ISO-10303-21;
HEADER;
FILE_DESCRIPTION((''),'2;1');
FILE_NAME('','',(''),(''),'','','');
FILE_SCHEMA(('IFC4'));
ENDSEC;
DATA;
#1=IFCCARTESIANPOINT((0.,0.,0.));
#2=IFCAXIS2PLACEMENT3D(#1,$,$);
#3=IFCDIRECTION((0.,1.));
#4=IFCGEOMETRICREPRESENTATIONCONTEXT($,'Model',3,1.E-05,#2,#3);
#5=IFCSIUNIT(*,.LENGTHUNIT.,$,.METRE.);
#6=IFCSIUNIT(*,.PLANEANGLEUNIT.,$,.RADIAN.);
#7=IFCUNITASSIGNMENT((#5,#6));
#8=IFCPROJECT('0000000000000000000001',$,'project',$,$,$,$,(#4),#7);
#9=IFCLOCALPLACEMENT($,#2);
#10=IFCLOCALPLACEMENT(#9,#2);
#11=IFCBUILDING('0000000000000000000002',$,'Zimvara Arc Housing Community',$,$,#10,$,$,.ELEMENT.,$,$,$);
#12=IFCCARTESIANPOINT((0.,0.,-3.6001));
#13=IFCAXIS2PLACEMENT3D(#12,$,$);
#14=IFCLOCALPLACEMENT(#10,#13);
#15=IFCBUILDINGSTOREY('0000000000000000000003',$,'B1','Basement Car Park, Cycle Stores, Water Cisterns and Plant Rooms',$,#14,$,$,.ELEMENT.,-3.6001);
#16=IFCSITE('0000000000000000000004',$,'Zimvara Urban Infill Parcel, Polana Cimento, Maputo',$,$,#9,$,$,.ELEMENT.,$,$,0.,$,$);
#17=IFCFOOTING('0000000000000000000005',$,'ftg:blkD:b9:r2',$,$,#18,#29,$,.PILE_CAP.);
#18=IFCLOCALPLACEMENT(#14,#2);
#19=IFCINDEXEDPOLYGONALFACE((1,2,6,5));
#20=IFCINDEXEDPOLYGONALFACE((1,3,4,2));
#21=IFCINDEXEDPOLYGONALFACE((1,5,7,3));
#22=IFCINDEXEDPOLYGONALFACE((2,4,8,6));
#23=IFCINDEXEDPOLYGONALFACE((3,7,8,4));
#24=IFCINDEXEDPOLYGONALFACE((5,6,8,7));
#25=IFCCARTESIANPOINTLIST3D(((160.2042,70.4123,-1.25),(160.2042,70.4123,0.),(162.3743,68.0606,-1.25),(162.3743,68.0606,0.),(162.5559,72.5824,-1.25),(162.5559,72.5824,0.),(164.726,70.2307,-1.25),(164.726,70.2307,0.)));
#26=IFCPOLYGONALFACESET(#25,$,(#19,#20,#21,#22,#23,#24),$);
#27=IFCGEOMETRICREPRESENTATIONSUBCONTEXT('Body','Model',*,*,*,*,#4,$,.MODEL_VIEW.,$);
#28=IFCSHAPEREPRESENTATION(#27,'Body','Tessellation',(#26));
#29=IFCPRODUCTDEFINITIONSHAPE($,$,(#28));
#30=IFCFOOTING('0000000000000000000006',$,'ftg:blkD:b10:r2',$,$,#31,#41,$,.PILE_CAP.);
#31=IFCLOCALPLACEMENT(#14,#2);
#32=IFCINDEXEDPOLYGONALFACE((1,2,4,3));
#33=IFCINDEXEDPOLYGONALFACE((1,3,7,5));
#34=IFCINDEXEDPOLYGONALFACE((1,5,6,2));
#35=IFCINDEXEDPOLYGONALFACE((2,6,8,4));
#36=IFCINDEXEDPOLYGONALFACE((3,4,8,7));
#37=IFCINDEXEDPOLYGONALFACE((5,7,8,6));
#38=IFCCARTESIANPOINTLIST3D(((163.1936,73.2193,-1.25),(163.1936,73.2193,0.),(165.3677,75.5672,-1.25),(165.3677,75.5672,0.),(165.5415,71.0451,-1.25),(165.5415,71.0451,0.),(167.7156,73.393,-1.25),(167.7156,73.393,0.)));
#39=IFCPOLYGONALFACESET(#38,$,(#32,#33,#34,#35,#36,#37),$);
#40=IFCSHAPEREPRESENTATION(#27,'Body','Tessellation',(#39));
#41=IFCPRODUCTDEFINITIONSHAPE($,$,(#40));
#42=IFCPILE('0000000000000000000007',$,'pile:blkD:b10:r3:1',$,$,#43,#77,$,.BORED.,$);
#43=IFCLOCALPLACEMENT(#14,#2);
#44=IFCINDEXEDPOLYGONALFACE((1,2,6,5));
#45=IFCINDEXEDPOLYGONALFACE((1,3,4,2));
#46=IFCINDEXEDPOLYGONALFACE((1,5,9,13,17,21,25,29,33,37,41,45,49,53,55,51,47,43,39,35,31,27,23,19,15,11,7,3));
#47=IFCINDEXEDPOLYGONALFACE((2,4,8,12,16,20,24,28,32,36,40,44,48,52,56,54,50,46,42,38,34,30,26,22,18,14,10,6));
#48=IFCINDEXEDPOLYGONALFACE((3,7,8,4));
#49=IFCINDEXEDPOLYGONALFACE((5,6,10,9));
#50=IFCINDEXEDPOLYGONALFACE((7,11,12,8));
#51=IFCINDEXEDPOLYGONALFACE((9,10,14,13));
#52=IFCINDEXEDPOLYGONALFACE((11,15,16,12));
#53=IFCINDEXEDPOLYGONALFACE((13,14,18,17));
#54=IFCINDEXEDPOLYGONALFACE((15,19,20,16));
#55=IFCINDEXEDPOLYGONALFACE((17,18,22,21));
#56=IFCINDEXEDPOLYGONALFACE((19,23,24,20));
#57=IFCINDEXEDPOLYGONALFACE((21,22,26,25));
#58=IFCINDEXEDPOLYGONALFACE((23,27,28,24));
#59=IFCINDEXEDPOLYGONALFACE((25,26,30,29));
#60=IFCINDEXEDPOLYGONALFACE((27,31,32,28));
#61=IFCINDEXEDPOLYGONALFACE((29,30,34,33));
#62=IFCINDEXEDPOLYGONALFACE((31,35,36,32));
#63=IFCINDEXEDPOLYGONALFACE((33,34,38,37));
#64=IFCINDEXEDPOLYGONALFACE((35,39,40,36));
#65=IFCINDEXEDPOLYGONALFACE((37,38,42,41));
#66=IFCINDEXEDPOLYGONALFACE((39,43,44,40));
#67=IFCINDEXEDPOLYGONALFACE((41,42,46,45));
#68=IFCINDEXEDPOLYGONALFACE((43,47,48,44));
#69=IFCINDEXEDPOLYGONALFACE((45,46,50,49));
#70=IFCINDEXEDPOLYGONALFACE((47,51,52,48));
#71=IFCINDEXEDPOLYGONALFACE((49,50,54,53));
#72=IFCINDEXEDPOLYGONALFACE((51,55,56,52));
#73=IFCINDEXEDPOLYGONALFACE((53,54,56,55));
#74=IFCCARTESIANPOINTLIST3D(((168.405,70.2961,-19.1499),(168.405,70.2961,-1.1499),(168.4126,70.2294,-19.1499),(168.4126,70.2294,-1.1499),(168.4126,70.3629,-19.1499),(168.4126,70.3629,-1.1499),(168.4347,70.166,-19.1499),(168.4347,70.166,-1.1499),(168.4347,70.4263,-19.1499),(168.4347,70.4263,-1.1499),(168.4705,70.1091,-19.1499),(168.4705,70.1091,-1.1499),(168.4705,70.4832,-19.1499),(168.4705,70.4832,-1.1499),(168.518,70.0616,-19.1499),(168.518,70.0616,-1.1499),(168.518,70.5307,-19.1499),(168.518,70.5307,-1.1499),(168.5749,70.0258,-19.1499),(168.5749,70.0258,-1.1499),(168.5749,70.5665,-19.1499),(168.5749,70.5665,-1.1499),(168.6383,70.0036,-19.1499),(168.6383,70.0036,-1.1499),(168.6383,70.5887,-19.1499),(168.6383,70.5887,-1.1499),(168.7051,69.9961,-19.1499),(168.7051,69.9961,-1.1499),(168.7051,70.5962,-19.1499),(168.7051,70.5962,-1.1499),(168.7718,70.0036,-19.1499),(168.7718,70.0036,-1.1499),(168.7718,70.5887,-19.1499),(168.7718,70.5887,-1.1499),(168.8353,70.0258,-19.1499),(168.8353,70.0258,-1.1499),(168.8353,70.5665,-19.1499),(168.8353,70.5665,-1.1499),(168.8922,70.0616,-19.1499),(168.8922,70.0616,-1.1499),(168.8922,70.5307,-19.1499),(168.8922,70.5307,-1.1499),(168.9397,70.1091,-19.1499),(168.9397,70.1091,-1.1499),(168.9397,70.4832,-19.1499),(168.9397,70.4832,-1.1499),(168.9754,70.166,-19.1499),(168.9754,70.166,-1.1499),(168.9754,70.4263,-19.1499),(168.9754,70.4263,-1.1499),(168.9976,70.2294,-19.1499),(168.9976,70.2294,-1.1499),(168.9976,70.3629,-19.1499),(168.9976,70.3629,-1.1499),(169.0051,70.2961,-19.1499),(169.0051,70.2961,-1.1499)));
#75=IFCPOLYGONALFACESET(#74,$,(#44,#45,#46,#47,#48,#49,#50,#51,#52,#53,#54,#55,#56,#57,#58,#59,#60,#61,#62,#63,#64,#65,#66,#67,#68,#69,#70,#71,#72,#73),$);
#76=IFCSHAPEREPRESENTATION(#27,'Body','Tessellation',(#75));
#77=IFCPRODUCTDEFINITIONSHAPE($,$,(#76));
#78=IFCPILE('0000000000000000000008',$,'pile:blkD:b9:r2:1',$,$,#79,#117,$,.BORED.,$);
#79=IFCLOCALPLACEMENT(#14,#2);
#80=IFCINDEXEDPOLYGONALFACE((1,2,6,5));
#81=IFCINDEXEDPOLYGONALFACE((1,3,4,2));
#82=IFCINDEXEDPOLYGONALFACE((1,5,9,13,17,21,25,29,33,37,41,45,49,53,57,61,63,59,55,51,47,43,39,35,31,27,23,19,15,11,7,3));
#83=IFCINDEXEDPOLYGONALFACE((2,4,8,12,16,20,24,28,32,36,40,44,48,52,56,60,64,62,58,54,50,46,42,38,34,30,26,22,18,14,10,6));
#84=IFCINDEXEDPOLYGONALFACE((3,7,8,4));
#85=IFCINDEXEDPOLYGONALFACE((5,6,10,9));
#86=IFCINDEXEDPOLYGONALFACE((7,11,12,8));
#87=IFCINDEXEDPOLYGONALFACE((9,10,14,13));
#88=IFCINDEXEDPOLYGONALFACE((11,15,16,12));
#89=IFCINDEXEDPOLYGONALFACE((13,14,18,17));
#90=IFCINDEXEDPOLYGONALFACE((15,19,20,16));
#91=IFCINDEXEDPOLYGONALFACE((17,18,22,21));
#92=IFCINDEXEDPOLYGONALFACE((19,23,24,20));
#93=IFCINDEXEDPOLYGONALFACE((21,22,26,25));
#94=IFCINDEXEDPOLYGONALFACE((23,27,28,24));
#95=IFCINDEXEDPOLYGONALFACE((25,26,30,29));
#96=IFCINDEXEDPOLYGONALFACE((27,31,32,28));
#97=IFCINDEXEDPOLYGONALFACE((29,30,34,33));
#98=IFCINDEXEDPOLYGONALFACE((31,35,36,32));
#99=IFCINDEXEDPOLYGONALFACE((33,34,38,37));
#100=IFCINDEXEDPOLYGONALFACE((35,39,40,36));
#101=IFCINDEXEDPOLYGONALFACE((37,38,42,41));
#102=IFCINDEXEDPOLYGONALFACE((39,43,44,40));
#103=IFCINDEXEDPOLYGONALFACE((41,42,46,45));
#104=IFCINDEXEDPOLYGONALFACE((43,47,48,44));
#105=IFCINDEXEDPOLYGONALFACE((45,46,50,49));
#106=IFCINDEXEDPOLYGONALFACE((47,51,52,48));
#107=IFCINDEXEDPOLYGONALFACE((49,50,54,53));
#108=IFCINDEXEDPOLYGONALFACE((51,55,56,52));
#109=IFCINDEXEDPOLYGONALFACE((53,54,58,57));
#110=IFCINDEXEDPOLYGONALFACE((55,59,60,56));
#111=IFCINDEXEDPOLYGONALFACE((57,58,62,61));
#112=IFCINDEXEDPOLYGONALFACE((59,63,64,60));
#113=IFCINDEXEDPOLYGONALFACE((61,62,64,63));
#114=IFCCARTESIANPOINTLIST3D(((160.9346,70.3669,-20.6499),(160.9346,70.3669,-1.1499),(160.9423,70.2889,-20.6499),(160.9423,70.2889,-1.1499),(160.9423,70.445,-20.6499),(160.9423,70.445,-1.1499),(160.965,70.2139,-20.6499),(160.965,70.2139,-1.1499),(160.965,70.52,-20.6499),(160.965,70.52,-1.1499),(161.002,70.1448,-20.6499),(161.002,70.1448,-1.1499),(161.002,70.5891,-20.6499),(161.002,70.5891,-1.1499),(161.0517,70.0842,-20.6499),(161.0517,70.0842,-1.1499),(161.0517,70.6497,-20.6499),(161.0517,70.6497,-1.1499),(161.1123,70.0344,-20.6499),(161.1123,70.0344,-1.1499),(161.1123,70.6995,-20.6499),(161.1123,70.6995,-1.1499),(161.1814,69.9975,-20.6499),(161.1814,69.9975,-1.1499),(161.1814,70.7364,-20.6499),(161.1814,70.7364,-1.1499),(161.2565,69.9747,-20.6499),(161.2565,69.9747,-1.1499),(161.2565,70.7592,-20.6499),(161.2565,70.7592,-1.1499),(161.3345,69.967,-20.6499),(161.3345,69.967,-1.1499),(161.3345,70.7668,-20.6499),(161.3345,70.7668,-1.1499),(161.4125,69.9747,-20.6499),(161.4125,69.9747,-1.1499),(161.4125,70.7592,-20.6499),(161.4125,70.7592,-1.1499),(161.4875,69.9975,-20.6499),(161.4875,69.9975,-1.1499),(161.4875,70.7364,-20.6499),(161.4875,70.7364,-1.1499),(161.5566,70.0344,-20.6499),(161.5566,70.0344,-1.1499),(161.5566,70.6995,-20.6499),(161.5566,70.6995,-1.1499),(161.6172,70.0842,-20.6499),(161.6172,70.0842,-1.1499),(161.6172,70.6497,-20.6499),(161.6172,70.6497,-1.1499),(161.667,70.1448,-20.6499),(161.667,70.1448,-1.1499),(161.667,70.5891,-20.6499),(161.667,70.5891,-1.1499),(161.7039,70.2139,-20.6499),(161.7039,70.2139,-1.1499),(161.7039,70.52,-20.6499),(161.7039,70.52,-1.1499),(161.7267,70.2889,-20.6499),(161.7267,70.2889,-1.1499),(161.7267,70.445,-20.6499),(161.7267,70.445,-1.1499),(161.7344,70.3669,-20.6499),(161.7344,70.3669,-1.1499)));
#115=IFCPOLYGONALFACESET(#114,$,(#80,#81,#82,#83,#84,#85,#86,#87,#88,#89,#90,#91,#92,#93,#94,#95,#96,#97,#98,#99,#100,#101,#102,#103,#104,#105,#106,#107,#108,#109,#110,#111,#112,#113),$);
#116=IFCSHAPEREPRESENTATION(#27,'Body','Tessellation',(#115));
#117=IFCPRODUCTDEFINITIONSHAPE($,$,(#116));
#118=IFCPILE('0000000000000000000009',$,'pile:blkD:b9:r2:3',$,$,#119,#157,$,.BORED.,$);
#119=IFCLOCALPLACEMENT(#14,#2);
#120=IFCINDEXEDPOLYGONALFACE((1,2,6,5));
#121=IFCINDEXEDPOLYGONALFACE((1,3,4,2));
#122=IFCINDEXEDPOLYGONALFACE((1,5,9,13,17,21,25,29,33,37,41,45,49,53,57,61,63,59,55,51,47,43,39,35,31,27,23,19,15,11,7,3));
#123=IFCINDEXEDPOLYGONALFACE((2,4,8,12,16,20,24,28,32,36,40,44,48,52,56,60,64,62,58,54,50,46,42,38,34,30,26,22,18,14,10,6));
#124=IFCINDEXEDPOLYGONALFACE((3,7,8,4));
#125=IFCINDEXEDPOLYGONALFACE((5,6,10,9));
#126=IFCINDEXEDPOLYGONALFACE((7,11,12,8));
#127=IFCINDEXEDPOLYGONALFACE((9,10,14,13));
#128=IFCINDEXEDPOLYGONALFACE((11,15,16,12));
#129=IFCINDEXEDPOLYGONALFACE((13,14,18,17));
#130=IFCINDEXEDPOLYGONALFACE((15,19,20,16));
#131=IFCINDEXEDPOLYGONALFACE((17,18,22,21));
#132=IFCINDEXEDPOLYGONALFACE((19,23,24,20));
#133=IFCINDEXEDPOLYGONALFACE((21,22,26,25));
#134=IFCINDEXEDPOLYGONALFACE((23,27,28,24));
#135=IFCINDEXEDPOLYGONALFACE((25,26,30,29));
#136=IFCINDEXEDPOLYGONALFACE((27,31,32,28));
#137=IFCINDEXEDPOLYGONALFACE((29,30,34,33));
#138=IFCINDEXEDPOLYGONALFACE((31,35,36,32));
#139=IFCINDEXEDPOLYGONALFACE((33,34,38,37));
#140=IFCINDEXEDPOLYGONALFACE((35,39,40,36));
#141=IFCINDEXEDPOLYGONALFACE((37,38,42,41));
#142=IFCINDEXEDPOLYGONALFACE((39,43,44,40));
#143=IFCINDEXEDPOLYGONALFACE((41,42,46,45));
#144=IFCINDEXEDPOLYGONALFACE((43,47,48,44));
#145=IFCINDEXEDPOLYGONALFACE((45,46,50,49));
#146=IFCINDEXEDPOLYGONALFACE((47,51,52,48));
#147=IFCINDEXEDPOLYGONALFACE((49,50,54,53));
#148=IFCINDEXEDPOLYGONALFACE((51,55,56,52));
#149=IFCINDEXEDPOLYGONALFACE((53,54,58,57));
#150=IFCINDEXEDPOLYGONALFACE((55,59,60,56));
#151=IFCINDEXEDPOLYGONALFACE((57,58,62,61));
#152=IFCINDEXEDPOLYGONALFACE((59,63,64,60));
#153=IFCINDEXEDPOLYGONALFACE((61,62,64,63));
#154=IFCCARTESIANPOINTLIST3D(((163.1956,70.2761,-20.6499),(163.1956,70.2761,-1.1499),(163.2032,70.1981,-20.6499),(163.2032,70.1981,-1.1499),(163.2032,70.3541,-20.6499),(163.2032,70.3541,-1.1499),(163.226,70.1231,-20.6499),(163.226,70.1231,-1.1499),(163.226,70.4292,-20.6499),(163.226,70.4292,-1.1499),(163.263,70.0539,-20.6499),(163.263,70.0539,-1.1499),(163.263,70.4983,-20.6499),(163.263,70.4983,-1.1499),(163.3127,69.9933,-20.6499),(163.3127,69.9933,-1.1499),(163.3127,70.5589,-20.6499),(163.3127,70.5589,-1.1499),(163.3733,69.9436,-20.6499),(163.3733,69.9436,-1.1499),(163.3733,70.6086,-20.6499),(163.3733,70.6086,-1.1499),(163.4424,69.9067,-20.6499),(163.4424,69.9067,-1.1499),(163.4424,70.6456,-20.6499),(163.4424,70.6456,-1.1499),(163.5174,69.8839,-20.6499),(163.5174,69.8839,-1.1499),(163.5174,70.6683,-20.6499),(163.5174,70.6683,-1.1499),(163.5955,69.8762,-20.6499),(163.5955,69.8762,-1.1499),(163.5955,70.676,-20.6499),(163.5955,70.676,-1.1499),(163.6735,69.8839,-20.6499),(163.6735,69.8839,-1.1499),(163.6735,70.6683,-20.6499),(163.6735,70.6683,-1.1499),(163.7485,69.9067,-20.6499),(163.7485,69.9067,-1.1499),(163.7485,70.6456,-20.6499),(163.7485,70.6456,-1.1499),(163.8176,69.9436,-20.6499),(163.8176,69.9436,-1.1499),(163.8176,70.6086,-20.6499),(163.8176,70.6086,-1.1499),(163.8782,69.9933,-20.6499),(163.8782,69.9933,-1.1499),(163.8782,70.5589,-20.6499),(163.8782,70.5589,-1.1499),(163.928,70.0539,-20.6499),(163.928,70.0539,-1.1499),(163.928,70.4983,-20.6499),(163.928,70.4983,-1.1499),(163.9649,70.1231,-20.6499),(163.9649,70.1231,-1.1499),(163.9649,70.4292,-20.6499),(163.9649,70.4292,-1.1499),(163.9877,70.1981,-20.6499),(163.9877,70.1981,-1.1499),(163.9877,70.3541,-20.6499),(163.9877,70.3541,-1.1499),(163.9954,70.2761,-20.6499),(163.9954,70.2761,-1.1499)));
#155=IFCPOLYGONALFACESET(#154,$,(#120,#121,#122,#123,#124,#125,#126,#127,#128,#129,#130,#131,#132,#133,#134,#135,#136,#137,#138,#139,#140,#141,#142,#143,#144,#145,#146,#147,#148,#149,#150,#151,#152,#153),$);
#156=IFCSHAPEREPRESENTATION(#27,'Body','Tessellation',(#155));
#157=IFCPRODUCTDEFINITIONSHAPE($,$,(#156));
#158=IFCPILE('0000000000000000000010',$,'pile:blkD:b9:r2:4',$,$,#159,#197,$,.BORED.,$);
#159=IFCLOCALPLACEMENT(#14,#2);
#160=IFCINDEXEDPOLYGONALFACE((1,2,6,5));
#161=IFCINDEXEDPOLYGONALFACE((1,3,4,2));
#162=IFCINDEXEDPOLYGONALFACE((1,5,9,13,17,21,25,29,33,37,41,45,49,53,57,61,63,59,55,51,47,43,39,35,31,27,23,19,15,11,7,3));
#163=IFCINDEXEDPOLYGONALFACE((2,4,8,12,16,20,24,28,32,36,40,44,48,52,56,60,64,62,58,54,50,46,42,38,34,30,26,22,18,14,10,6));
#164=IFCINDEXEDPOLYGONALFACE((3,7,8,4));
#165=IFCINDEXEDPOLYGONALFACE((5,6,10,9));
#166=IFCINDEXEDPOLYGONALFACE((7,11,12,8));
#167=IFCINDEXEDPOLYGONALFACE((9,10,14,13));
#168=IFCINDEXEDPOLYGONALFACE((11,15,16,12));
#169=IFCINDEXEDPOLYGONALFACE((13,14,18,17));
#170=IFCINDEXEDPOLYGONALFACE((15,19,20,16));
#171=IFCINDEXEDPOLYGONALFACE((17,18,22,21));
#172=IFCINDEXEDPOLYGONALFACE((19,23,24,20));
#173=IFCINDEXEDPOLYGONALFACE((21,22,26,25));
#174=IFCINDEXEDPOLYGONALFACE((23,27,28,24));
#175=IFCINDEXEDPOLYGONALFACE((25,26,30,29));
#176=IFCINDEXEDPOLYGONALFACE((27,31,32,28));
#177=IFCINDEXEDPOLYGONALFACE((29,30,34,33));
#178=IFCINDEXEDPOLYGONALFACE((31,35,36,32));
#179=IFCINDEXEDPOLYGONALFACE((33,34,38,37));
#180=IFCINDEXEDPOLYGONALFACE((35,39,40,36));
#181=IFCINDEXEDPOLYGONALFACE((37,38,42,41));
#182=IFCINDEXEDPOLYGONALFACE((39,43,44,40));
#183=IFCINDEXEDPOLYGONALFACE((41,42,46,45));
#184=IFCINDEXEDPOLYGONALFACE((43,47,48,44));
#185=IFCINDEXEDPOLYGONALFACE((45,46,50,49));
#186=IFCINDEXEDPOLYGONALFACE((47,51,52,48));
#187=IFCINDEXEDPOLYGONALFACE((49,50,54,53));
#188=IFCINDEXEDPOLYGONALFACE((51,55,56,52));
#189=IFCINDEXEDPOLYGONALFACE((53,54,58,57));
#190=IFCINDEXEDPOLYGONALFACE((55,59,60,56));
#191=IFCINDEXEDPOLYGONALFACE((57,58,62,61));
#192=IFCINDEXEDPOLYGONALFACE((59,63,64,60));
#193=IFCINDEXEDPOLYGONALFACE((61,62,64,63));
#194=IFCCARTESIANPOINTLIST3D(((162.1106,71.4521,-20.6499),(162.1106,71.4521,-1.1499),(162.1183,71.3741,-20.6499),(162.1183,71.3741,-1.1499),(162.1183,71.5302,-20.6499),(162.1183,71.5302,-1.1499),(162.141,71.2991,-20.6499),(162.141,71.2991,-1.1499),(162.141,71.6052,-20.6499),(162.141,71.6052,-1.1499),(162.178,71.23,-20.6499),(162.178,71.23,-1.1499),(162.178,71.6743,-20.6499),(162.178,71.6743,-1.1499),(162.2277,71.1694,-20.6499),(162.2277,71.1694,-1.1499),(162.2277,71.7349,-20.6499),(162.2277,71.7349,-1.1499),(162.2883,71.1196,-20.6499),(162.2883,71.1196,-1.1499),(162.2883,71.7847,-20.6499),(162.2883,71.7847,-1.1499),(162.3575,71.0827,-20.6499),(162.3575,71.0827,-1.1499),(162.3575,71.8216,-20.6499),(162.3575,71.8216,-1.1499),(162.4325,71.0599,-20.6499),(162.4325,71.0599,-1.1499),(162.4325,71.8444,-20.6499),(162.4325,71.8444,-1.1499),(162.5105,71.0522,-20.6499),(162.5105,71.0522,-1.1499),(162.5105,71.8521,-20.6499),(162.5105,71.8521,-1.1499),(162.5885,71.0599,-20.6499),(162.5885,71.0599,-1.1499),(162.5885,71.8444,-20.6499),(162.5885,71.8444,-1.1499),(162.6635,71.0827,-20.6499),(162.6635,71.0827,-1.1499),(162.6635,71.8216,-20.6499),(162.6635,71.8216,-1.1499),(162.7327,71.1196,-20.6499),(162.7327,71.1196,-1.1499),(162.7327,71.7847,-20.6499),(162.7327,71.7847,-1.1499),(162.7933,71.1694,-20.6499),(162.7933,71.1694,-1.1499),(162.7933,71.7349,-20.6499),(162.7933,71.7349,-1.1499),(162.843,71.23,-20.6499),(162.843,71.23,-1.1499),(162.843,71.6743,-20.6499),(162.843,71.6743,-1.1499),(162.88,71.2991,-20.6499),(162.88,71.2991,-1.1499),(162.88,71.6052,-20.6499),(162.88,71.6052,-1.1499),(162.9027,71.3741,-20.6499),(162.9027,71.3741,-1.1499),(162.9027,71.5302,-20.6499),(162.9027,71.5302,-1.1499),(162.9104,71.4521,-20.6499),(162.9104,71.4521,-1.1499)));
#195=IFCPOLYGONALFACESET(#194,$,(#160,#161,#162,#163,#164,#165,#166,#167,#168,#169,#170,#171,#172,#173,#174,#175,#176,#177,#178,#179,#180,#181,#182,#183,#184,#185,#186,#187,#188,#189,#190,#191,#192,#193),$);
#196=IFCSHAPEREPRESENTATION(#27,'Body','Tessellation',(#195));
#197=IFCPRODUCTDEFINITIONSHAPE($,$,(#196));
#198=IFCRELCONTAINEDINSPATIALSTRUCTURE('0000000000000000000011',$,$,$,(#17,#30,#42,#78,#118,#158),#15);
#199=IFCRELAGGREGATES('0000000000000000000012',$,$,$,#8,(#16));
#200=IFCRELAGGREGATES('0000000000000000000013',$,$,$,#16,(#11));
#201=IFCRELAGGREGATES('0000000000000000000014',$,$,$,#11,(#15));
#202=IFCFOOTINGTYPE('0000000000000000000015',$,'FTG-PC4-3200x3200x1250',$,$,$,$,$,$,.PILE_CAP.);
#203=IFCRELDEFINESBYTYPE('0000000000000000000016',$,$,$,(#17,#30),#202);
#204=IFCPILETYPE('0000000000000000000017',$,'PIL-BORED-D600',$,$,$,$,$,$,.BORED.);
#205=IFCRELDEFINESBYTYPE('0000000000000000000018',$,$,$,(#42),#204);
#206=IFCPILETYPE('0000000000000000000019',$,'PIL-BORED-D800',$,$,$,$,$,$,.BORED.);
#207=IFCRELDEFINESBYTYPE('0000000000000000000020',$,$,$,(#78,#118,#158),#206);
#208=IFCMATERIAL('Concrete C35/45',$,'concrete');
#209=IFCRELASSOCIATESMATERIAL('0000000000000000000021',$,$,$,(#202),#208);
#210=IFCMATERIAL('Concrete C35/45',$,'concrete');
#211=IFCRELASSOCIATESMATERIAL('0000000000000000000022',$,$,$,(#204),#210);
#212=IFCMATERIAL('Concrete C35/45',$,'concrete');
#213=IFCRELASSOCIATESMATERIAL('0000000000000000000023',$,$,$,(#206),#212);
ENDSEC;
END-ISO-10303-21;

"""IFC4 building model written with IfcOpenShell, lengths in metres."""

from ifc_helpers import new_model, si_unit, direction, frame, origin, origin_2d, place, context, subcontext, project, spatial, rectangle, circle, extrude, material, material_profile, profile_set, type_object, element, save


model = new_model("IFC4")

# Units and contexts
model_context = context("Model", 3, precision=1e-05, world=origin(), true_north=direction((0.0, 1.0)))
body_context = subcontext(model_context, "Body", "Model", "MODEL_VIEW")
ifc_project = project(units=[si_unit("LENGTHUNIT", "METRE"), si_unit("PLANEANGLEUNIT", "RADIAN")], contexts=[model_context])

# Site, building, storey
site_placement = place(None, origin())
site = spatial("IfcSite", under=ifc_project, at=site_placement, Name="Zimvara Urban Infill Parcel, Polana Cimento, Maputo", CompositionType="ELEMENT", RefElevation=0.0)
building_placement = place(site_placement, origin())
building = spatial("IfcBuilding", under=site, at=building_placement, Name="Zimvara Arc Housing Community", CompositionType="ELEMENT")
storey_placement = place(building_placement, frame((0.0, 0.0, -3.6001)))
storey = spatial("IfcBuildingStorey", under=building, at=storey_placement, Name="B1", Description="Basement Car Park, Cycle Stores, Water Cisterns and Plant Rooms", CompositionType="ELEMENT", Elevation=-3.6001)

# Footings
ifc_material_1 = material(Name="Concrete C35/45", Category="concrete")
footing_type = type_object("IfcFootingType", Name="FTG-PC4-3200x3200x1250", PredefinedType="PILE_CAP", material=ifc_material_1)
for number, where, z_axis, x_axis, name in (
    (1, (162.4651, 70.3215, -1.25), (0.0, 0.0, 1.0), (0.67816, -0.734915, 0.0), "ftg:blkD:b9:r2"),
    (2, (165.4546, 73.3062, -1.25), (0.0, 0.0, 1.0), (0.73373, -0.679441, 0.0), "ftg:blkD:b10:r2"),
):
    element("IfcFooting", number, at=place(storey_placement, frame(where, z_axis=z_axis, x_axis=x_axis)), inside=storey, type_object=footing_type, Name=name, PredefinedType="PILE_CAP", context=body_context, shape_type="SweptSolid", body=[
        extrude(rectangle(XDim=3.2, YDim=3.2, at=origin_2d()), origin(), (0.0, 0.0, 1.0), 1.25),
    ])

# Piles
ifc_material_2 = material(Name="Concrete C35/45", Category="concrete")
ifc_material_profile_1 = material_profile(ifc_material_2, circle(Radius=0.3, at=origin_2d()), Name="PILE D600")
ifc_profile_set_1 = profile_set([ifc_material_profile_1], Name="Concrete C35/45")
pile_type_1 = type_object("IfcPileType", Name="PIL-BORED-D600", PredefinedType="BORED", material=ifc_profile_set_1)
pile_placement = place(storey_placement, frame((168.7051, 70.2961, -1.1499), z_axis=(0.0, 0.0, -1.0), x_axis=(1.0, 0.0, 0.0)))
element("IfcPile", 3, at=pile_placement, inside=storey, type_object=pile_type_1, Name="pile:blkD:b10:r3:1", PredefinedType="BORED", context=body_context, shape_type="SweptSolid", body=[
    extrude(circle(Radius=0.3, at=origin_2d()), origin(), (0.0, 0.0, 1.0), 18.0),
])
ifc_material_3 = material(Name="Concrete C35/45", Category="concrete")
ifc_material_profile_2 = material_profile(ifc_material_3, circle(Radius=0.3999, at=origin_2d()), Name="PILE D800")
ifc_profile_set_2 = profile_set([ifc_material_profile_2], Name="Concrete C35/45")
pile_type_2 = type_object("IfcPileType", Name="PIL-BORED-D800", PredefinedType="BORED", material=ifc_profile_set_2)
for number, where, z_axis, x_axis, name in (
    (4, (161.3345, 70.3669, -1.1499), (0.0, 0.0, -1.0), (1.0, 0.0, 0.0), "pile:blkD:b9:r2:1"),
    (5, (163.5955, 70.2761, -1.1499), (0.0, 0.0, -1.0), (1.0, 0.0, 0.0), "pile:blkD:b9:r2:3"),
    (6, (162.5105, 71.4521, -1.1499), (0.0, 0.0, -1.0), (1.0, 0.0, 0.0), "pile:blkD:b9:r2:4"),
):
    element("IfcPile", number, at=place(storey_placement, frame(where, z_axis=z_axis, x_axis=x_axis)), inside=storey, type_object=pile_type_2, Name=name, PredefinedType="BORED", context=body_context, shape_type="SweptSolid", body=[
        extrude(circle(Radius=0.3999, at=origin_2d()), origin(), (0.0, 0.0, 1.0), 19.5),
    ])

save(model, "model.ifc")
